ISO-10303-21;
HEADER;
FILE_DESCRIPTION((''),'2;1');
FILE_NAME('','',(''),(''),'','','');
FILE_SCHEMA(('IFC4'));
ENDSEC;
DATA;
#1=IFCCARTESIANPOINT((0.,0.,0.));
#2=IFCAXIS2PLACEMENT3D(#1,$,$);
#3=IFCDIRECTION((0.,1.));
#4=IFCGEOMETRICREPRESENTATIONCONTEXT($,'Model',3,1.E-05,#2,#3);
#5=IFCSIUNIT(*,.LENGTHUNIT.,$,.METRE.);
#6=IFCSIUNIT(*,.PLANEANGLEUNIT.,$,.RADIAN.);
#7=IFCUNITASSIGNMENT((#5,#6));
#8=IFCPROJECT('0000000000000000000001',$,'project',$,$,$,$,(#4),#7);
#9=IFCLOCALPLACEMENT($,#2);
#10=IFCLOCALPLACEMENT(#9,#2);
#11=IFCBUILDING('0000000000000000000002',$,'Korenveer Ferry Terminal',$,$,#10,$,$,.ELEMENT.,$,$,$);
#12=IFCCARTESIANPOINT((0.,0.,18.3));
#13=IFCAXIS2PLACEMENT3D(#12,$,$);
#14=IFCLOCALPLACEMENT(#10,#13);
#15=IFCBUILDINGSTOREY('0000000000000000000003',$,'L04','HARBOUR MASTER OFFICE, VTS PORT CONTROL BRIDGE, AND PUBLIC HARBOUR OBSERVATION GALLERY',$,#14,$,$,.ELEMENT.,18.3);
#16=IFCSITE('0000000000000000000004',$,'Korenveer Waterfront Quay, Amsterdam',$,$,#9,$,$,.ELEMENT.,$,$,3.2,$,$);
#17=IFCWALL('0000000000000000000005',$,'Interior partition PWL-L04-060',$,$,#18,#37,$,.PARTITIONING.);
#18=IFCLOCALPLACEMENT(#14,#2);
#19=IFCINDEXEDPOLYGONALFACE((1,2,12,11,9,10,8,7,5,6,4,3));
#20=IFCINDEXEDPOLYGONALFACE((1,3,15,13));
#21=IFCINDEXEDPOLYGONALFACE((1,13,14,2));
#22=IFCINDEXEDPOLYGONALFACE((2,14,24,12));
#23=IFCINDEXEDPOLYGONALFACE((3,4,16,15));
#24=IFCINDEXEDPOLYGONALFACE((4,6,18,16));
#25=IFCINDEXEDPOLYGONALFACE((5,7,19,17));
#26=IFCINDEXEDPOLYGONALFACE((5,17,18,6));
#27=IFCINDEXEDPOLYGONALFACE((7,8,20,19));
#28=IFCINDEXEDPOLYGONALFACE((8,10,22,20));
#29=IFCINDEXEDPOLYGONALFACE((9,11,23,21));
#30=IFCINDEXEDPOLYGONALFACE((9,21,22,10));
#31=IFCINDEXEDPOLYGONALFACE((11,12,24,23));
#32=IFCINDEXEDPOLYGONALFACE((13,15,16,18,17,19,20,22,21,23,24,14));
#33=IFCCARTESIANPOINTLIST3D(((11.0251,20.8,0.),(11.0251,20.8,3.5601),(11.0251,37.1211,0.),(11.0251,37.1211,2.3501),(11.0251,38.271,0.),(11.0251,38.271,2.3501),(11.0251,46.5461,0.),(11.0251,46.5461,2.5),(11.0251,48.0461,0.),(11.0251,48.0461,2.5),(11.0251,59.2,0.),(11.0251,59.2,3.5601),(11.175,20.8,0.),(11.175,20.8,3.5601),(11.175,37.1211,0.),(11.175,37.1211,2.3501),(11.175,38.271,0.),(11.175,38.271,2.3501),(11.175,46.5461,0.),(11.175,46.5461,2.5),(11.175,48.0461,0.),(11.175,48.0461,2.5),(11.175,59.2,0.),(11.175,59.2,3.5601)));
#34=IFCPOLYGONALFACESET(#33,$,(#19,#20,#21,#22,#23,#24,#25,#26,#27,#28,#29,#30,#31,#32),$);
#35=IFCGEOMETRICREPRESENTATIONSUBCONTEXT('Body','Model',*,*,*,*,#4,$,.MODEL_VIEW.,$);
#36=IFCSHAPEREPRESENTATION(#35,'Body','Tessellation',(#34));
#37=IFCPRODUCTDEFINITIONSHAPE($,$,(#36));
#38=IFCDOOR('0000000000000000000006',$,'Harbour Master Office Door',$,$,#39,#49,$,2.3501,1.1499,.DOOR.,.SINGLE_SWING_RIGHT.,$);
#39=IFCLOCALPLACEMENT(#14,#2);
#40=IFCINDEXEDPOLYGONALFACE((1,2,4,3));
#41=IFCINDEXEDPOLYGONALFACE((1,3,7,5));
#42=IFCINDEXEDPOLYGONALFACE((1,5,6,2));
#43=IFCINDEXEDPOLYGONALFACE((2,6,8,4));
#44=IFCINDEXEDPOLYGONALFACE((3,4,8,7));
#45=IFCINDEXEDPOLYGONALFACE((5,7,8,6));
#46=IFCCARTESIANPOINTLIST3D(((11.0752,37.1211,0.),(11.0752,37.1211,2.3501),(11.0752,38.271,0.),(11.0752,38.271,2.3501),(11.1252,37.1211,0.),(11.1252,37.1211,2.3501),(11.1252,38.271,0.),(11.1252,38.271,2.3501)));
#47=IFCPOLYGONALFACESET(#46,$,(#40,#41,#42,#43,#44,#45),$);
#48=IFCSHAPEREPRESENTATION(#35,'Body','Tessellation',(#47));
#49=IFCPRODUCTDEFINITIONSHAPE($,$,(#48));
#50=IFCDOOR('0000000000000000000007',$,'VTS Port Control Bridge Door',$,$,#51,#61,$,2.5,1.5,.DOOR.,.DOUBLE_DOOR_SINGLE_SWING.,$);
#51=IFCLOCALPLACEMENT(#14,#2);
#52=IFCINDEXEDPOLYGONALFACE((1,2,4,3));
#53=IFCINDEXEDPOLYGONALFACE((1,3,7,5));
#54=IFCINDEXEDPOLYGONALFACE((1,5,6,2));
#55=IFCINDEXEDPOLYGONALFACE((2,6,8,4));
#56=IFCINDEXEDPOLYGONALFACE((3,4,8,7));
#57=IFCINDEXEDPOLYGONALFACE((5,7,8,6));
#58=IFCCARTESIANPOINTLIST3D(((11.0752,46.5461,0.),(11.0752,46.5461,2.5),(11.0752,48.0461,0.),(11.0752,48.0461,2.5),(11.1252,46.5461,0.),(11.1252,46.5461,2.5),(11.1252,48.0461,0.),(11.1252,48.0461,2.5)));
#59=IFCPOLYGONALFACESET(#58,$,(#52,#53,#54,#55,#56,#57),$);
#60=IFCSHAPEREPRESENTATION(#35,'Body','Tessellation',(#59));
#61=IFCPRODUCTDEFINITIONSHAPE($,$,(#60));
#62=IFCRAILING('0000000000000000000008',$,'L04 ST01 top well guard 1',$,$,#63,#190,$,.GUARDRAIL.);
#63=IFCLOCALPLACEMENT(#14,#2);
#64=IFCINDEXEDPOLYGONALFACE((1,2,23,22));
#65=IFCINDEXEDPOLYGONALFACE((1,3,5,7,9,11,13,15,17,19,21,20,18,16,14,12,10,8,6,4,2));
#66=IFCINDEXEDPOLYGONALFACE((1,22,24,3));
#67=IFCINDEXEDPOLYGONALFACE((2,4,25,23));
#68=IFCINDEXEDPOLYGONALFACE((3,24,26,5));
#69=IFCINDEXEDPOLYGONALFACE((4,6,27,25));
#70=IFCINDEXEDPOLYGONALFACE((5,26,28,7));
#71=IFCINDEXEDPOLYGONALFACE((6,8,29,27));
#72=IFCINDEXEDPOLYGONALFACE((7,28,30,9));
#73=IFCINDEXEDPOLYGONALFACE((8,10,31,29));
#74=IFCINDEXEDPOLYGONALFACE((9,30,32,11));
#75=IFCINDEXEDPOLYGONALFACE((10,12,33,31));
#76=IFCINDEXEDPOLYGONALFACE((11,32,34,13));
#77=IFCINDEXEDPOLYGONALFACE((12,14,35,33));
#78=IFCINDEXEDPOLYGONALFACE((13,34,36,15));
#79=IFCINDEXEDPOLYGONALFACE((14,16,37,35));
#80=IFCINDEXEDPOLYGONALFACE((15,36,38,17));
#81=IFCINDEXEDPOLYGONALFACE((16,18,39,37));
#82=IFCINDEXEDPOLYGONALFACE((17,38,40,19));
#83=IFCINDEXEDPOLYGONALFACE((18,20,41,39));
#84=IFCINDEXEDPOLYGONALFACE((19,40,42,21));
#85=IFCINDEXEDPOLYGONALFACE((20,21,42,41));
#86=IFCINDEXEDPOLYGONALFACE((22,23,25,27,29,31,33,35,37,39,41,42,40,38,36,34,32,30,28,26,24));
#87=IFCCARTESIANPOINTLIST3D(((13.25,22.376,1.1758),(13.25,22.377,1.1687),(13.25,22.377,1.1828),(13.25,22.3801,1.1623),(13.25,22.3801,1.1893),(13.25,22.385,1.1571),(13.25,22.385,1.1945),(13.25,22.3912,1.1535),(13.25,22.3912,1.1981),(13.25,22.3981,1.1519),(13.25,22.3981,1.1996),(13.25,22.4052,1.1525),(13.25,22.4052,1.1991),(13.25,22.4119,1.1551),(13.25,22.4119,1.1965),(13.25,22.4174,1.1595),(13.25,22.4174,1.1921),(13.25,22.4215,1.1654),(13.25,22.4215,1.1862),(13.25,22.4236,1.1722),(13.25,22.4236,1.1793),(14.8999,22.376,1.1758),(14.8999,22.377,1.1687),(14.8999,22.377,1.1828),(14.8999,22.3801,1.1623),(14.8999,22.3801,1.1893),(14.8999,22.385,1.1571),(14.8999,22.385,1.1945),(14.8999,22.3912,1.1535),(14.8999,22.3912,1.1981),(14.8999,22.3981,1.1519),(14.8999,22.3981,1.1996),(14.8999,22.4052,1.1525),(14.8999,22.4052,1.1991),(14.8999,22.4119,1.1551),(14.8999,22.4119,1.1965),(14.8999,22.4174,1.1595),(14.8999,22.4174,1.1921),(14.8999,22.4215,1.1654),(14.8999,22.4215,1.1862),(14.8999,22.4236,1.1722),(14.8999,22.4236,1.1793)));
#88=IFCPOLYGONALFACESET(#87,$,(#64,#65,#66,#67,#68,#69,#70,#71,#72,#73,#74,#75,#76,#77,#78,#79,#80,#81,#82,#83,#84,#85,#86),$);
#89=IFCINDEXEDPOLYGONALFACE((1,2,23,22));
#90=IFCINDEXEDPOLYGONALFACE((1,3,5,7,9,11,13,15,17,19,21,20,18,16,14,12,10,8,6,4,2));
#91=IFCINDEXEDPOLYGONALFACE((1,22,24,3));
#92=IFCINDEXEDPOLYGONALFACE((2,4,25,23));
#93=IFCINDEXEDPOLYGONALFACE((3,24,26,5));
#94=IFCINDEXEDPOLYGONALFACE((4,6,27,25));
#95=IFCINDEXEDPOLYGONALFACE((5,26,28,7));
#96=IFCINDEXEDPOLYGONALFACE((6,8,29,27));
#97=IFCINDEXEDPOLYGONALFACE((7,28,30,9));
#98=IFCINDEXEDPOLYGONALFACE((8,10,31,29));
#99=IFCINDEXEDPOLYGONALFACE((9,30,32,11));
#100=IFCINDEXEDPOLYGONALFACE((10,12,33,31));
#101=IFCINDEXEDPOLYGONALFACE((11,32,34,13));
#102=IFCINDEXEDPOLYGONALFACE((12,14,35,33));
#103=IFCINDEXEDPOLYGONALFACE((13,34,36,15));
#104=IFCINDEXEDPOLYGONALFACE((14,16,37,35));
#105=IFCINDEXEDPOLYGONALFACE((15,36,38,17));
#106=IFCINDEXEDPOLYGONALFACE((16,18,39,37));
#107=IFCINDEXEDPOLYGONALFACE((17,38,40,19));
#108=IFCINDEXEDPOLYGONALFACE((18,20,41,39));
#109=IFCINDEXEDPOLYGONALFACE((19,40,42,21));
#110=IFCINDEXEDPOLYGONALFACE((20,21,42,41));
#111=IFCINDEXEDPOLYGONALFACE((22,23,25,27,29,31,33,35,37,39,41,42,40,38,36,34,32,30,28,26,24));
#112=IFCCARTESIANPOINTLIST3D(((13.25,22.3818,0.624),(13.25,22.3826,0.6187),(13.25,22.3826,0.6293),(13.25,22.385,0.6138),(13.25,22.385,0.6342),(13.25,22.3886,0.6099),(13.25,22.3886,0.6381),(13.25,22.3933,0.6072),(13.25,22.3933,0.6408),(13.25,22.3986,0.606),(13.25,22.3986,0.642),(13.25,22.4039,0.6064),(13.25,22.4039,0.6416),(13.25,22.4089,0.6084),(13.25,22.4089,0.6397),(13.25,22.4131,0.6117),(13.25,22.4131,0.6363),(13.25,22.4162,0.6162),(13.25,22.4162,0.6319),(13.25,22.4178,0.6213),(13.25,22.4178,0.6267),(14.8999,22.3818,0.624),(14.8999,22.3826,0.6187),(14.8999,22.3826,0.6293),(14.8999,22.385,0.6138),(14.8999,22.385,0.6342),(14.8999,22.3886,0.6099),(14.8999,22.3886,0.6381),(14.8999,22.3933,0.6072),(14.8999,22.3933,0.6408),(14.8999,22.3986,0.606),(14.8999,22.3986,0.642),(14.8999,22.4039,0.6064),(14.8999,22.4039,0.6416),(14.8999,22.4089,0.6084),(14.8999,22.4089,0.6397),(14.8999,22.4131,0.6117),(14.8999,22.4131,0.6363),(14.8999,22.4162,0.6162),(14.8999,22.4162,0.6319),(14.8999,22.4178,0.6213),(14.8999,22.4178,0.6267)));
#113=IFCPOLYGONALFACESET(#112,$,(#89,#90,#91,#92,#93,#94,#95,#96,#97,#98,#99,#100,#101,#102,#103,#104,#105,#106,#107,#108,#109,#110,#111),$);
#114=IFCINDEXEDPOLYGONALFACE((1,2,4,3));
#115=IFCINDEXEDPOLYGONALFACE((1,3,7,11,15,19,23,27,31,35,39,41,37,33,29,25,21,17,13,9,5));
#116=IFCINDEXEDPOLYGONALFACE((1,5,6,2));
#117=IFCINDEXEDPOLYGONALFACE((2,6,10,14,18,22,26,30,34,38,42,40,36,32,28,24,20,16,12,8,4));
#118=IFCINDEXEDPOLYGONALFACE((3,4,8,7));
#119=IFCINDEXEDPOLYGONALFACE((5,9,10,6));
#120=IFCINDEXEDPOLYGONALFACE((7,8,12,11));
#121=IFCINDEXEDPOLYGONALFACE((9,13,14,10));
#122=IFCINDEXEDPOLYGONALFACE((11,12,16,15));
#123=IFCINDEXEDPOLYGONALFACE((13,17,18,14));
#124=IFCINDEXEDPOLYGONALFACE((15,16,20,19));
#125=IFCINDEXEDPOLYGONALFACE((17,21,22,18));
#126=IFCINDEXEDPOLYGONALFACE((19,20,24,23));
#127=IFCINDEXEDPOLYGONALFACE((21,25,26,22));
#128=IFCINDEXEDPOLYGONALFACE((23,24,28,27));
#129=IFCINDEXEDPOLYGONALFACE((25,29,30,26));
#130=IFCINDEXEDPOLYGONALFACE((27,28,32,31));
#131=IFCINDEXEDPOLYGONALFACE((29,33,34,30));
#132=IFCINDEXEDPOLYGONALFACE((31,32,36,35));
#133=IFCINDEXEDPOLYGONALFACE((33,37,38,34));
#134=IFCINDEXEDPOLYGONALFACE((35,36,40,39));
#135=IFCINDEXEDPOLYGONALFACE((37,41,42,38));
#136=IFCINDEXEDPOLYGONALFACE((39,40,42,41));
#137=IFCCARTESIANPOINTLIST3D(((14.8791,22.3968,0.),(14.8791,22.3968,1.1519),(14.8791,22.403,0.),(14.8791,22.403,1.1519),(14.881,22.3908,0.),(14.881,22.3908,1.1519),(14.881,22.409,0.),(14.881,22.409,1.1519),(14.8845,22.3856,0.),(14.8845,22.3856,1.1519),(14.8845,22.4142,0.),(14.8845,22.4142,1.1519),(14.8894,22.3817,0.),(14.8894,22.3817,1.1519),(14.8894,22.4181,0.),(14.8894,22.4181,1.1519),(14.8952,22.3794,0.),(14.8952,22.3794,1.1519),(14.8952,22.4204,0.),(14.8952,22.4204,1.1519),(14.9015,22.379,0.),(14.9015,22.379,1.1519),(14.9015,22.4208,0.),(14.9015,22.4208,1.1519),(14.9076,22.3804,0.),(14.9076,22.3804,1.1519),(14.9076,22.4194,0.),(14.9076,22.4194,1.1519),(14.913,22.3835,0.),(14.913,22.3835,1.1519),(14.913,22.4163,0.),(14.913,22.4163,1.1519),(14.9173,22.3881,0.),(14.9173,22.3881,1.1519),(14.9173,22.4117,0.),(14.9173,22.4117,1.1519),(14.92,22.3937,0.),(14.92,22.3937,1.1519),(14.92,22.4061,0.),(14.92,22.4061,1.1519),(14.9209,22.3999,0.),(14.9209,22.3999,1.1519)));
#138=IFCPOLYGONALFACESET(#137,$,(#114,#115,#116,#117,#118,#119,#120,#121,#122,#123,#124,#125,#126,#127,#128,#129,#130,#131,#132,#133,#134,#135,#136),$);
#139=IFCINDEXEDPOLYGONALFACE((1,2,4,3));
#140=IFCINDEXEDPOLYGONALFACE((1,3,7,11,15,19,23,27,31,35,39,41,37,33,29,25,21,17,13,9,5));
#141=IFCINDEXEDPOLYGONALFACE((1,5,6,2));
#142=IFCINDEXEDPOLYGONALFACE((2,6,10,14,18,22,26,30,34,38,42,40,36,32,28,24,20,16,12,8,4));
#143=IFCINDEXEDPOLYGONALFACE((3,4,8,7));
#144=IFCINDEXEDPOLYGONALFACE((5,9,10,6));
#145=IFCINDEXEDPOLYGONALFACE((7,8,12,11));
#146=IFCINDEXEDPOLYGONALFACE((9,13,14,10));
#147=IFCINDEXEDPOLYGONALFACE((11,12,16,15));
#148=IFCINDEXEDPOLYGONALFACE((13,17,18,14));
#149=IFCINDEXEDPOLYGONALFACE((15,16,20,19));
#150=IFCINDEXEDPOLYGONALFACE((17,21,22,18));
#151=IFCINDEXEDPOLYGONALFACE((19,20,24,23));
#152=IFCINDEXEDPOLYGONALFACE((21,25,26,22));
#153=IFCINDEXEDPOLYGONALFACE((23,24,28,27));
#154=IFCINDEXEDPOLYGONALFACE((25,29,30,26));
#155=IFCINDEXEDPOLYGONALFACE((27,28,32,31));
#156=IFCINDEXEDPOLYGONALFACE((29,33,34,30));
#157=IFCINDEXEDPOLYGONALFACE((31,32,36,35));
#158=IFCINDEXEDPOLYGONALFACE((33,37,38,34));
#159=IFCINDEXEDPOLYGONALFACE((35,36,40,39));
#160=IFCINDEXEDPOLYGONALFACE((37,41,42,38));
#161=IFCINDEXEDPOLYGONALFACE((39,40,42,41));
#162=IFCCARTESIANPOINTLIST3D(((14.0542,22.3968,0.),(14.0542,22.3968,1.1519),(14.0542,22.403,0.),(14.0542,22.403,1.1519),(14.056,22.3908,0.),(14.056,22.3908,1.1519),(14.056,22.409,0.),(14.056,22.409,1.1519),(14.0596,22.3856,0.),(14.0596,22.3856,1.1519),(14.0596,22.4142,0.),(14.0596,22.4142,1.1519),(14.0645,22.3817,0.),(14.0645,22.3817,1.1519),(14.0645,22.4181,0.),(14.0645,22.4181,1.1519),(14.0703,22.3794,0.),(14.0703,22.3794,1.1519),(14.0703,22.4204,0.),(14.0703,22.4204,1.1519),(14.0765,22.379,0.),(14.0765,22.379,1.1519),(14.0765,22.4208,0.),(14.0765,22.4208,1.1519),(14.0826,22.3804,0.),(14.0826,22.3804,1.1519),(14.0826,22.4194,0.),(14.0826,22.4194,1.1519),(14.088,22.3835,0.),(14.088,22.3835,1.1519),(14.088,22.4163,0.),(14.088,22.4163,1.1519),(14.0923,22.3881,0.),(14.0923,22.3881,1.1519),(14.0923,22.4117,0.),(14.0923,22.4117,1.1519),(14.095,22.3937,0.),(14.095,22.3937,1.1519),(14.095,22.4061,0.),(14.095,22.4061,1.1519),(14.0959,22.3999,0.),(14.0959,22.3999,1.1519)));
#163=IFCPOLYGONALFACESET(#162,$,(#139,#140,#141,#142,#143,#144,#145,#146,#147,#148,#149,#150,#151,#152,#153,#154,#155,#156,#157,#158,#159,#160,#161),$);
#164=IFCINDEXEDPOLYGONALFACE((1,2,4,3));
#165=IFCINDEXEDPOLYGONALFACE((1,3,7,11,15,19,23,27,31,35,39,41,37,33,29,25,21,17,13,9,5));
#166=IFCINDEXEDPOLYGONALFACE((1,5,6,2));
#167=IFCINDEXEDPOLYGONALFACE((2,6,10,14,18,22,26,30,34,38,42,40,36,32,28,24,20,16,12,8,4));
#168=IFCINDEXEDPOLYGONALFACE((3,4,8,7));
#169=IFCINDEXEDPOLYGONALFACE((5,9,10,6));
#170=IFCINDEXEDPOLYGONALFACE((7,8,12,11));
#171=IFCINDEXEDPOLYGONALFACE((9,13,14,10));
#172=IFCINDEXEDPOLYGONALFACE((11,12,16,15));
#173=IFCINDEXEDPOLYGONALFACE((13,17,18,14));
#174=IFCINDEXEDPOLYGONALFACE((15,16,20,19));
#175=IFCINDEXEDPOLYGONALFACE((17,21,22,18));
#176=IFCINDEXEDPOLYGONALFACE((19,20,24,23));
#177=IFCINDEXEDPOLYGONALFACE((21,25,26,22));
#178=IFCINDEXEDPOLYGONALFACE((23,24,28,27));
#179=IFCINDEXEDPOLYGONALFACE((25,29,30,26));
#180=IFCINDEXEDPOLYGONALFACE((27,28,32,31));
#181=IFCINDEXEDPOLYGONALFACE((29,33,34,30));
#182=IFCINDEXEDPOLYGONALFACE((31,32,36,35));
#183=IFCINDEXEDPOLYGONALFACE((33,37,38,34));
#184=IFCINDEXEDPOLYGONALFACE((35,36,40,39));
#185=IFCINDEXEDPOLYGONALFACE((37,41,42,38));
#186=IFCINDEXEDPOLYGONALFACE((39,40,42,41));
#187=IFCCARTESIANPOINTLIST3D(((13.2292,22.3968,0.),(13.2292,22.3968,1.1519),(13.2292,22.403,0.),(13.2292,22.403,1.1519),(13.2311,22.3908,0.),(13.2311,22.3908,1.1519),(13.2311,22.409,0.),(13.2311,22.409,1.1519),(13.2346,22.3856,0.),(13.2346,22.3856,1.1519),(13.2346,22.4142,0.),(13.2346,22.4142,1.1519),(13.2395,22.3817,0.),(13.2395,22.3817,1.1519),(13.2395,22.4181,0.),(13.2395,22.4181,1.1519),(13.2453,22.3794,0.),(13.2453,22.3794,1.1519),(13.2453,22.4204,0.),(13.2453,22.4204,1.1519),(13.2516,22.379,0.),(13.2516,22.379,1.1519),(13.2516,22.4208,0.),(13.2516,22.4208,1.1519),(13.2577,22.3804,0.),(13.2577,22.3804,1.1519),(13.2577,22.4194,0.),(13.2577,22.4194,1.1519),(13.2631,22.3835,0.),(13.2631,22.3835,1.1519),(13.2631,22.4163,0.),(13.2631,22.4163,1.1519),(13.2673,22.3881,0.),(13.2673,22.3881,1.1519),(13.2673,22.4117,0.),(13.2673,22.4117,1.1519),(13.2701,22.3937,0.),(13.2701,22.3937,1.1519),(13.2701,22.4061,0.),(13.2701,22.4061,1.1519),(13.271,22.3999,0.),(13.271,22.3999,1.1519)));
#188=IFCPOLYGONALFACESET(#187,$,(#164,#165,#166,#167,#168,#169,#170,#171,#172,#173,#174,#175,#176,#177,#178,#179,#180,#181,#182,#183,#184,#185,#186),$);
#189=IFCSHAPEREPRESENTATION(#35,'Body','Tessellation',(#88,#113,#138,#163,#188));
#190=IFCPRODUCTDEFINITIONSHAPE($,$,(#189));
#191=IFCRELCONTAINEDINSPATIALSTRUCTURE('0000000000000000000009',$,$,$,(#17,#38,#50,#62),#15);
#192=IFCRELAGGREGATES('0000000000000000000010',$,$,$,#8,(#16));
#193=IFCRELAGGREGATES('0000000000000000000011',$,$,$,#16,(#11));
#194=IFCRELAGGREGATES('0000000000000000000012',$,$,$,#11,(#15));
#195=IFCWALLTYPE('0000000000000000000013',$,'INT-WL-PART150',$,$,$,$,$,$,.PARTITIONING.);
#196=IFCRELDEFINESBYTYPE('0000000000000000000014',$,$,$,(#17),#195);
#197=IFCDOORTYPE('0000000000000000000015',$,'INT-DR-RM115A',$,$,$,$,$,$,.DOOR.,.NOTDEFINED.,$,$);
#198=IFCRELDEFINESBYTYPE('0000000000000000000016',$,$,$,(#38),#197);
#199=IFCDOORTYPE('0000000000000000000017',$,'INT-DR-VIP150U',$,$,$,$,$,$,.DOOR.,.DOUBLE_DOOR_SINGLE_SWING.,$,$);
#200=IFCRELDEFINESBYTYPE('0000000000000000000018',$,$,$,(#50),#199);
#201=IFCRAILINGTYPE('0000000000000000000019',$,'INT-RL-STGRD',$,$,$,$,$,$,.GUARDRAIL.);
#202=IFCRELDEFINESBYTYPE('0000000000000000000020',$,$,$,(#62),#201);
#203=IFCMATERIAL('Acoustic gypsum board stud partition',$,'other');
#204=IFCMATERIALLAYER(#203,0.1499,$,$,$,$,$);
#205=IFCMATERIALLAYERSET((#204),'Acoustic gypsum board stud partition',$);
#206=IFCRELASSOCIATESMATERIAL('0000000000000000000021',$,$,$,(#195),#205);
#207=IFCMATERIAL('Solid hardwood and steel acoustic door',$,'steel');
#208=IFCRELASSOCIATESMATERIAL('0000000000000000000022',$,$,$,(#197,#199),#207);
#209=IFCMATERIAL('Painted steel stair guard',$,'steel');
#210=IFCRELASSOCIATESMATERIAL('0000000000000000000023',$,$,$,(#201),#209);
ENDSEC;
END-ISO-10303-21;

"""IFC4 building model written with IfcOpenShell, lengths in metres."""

from ifc_helpers import new_model, si_unit, direction, frame, frame_2d, origin, origin_2d, place, context, subcontext, project, spatial, rectangle, circle, extrude, material, layer, layer_set, type_object, element, fill, save


model = new_model("IFC4")

# Units and contexts
model_context = context("Model", 3, precision=1e-05, world=origin(), true_north=direction((0.0, 1.0)))
body_context = subcontext(model_context, "Body", "Model", "MODEL_VIEW")
ifc_project = project(units=[si_unit("LENGTHUNIT", "METRE"), si_unit("PLANEANGLEUNIT", "RADIAN")], contexts=[model_context])

# Site, building, storey
site_placement = place(None, origin())
site = spatial("IfcSite", under=ifc_project, at=site_placement, Name="Korenveer Waterfront Quay, Amsterdam", CompositionType="ELEMENT", RefElevation=3.2)
building_placement = place(site_placement, origin())
building = spatial("IfcBuilding", under=site, at=building_placement, Name="Korenveer Ferry Terminal", CompositionType="ELEMENT")
storey_placement = place(building_placement, frame((0.0, 0.0, 18.3)))
storey = spatial("IfcBuildingStorey", under=building, at=storey_placement, Name="L04", Description="HARBOUR MASTER OFFICE, VTS PORT CONTROL BRIDGE, AND PUBLIC HARBOUR OBSERVATION GALLERY", CompositionType="ELEMENT", Elevation=18.3)

# Shared definitions
ifc_material_1 = material(Name="Solid hardwood and steel acoustic door", Category="steel")

# Wall, openings, doors
ifc_material_2 = material(Name="Acoustic gypsum board stud partition", Category="other")
ifc_layer_1 = layer(ifc_material_2, 0.1499)
ifc_layer_set_1 = layer_set([ifc_layer_1], Name="Acoustic gypsum board stud partition")
wall_type_1 = type_object("IfcWallType", Name="INT-WL-PART150", PredefinedType="PARTITIONING", material=ifc_layer_set_1)
wall_1_placement = place(storey_placement, frame((11.1001, 20.8, 0.0), z_axis=(0.0, 0.0, 1.0), x_axis=(0.0, 1.0, 0.0)))
wall_1 = element("IfcWall", 1, at=wall_1_placement, inside=storey, type_object=wall_type_1, Name="Interior partition PWL-L04-060", PredefinedType="PARTITIONING", context=body_context, shape_type="SweptSolid", body=[
    extrude(rectangle(XDim=38.3999, YDim=0.1499, at=frame_2d((19.2, 0.0))), origin(), (0.0, 0.0, 1.0), 3.5601),
])
opening_1_placement = place(wall_1_placement, frame((16.321, 0.0, 0.0)))
opening_1 = element("IfcOpeningElement", 2, at=opening_1_placement, cuts=wall_1, PredefinedType="OPENING", context=body_context, shape_type="SweptSolid", body=[
    extrude(rectangle(XDim=1.1499, YDim=2.3501, at=frame_2d((0.575, 1.175))), frame((0.0, 0.085, 0.0), z_axis=(0.0, -1.0, 0.0), x_axis=(1.0, 0.0, 0.0)), (0.0, 0.0, 1.0), 0.1699),
])
opening_2_placement = place(wall_1_placement, frame((25.7461, 0.0, 0.0)))
opening_2 = element("IfcOpeningElement", 3, at=opening_2_placement, cuts=wall_1, PredefinedType="OPENING", context=body_context, shape_type="SweptSolid", body=[
    extrude(rectangle(XDim=1.5, YDim=2.5, at=frame_2d((0.75, 1.25))), frame((0.0, 0.085, 0.0), z_axis=(0.0, -1.0, 0.0), x_axis=(1.0, 0.0, 0.0)), (0.0, 0.0, 1.0), 0.1699),
])
door_type_1 = type_object("IfcDoorType", Name="INT-DR-RM115A", OperationType="NOTDEFINED", PredefinedType="DOOR", material=ifc_material_1)
door_1_placement = place(opening_1_placement, origin())
door_1 = element("IfcDoor", 4, at=door_1_placement, inside=storey, type_object=door_type_1, Name="Harbour Master Office Door", OperationType="SINGLE_SWING_RIGHT", OverallHeight=2.3501, OverallWidth=1.1499, PredefinedType="DOOR", context=body_context, shape_type="SweptSolid", body=[
    extrude(rectangle(XDim=1.1499, YDim=2.3501, at=frame_2d((0.575, 1.175))), frame((0.0, 0.0249, 0.0), z_axis=(0.0, -1.0, 0.0), x_axis=(1.0, 0.0, 0.0)), (0.0, 0.0, 1.0), 0.05),
])
fill(opening_1, door_1)
door_type_2 = type_object("IfcDoorType", Name="INT-DR-VIP150U", OperationType="DOUBLE_DOOR_SINGLE_SWING", PredefinedType="DOOR", material=ifc_material_1)
door_2_placement = place(opening_2_placement, origin())
door_2 = element("IfcDoor", 5, at=door_2_placement, inside=storey, type_object=door_type_2, Name="VTS Port Control Bridge Door", OperationType="DOUBLE_DOOR_SINGLE_SWING", OverallHeight=2.5, OverallWidth=1.5, PredefinedType="DOOR", context=body_context, shape_type="SweptSolid", body=[
    extrude(rectangle(XDim=1.5, YDim=2.5, at=frame_2d((0.75, 1.25))), frame((0.0, 0.0249, 0.0), z_axis=(0.0, -1.0, 0.0), x_axis=(1.0, 0.0, 0.0)), (0.0, 0.0, 1.0), 0.05),
])
fill(opening_2, door_2)

# Railing
ifc_material_3 = material(Name="Painted steel stair guard", Category="steel")
railing_type = type_object("IfcRailingType", Name="INT-RL-STGRD", PredefinedType="GUARDRAIL", material=ifc_material_3)
railing_placement = place(storey_placement, frame((14.8999, 22.3999, 0.0)))
element("IfcRailing", 6, at=railing_placement, inside=storey, type_object=railing_type, Name="L04 ST01 top well guard 1", PredefinedType="GUARDRAIL", context=body_context, shape_type="SweptSolid", body=[
    extrude(circle(Radius=0.0239, at=origin_2d()), frame((0.0, 0.0, 1.1758), z_axis=(-1.0, 0.0, 0.0), x_axis=(0.0, -1.0, 0.0)), (0.0, 0.0, 1.0), 1.6499),
    extrude(circle(Radius=0.0181, at=origin_2d()), frame((0.0, 0.0, 0.624), z_axis=(-1.0, 0.0, 0.0), x_axis=(0.0, -1.0, 0.0)), (0.0, 0.0, 1.0), 1.6499),
    extrude(circle(Radius=0.021, at=origin_2d()), origin(), (0.0, 0.0, 1.0), 1.1519),
    extrude(circle(Radius=0.021, at=origin_2d()), frame((-0.825, 0.0, 0.0)), (0.0, 0.0, 1.0), 1.1519),
    extrude(circle(Radius=0.021, at=origin_2d()), frame((-1.6499, 0.0, 0.0)), (0.0, 0.0, 1.0), 1.1519),
])

save(model, "model.ifc")
